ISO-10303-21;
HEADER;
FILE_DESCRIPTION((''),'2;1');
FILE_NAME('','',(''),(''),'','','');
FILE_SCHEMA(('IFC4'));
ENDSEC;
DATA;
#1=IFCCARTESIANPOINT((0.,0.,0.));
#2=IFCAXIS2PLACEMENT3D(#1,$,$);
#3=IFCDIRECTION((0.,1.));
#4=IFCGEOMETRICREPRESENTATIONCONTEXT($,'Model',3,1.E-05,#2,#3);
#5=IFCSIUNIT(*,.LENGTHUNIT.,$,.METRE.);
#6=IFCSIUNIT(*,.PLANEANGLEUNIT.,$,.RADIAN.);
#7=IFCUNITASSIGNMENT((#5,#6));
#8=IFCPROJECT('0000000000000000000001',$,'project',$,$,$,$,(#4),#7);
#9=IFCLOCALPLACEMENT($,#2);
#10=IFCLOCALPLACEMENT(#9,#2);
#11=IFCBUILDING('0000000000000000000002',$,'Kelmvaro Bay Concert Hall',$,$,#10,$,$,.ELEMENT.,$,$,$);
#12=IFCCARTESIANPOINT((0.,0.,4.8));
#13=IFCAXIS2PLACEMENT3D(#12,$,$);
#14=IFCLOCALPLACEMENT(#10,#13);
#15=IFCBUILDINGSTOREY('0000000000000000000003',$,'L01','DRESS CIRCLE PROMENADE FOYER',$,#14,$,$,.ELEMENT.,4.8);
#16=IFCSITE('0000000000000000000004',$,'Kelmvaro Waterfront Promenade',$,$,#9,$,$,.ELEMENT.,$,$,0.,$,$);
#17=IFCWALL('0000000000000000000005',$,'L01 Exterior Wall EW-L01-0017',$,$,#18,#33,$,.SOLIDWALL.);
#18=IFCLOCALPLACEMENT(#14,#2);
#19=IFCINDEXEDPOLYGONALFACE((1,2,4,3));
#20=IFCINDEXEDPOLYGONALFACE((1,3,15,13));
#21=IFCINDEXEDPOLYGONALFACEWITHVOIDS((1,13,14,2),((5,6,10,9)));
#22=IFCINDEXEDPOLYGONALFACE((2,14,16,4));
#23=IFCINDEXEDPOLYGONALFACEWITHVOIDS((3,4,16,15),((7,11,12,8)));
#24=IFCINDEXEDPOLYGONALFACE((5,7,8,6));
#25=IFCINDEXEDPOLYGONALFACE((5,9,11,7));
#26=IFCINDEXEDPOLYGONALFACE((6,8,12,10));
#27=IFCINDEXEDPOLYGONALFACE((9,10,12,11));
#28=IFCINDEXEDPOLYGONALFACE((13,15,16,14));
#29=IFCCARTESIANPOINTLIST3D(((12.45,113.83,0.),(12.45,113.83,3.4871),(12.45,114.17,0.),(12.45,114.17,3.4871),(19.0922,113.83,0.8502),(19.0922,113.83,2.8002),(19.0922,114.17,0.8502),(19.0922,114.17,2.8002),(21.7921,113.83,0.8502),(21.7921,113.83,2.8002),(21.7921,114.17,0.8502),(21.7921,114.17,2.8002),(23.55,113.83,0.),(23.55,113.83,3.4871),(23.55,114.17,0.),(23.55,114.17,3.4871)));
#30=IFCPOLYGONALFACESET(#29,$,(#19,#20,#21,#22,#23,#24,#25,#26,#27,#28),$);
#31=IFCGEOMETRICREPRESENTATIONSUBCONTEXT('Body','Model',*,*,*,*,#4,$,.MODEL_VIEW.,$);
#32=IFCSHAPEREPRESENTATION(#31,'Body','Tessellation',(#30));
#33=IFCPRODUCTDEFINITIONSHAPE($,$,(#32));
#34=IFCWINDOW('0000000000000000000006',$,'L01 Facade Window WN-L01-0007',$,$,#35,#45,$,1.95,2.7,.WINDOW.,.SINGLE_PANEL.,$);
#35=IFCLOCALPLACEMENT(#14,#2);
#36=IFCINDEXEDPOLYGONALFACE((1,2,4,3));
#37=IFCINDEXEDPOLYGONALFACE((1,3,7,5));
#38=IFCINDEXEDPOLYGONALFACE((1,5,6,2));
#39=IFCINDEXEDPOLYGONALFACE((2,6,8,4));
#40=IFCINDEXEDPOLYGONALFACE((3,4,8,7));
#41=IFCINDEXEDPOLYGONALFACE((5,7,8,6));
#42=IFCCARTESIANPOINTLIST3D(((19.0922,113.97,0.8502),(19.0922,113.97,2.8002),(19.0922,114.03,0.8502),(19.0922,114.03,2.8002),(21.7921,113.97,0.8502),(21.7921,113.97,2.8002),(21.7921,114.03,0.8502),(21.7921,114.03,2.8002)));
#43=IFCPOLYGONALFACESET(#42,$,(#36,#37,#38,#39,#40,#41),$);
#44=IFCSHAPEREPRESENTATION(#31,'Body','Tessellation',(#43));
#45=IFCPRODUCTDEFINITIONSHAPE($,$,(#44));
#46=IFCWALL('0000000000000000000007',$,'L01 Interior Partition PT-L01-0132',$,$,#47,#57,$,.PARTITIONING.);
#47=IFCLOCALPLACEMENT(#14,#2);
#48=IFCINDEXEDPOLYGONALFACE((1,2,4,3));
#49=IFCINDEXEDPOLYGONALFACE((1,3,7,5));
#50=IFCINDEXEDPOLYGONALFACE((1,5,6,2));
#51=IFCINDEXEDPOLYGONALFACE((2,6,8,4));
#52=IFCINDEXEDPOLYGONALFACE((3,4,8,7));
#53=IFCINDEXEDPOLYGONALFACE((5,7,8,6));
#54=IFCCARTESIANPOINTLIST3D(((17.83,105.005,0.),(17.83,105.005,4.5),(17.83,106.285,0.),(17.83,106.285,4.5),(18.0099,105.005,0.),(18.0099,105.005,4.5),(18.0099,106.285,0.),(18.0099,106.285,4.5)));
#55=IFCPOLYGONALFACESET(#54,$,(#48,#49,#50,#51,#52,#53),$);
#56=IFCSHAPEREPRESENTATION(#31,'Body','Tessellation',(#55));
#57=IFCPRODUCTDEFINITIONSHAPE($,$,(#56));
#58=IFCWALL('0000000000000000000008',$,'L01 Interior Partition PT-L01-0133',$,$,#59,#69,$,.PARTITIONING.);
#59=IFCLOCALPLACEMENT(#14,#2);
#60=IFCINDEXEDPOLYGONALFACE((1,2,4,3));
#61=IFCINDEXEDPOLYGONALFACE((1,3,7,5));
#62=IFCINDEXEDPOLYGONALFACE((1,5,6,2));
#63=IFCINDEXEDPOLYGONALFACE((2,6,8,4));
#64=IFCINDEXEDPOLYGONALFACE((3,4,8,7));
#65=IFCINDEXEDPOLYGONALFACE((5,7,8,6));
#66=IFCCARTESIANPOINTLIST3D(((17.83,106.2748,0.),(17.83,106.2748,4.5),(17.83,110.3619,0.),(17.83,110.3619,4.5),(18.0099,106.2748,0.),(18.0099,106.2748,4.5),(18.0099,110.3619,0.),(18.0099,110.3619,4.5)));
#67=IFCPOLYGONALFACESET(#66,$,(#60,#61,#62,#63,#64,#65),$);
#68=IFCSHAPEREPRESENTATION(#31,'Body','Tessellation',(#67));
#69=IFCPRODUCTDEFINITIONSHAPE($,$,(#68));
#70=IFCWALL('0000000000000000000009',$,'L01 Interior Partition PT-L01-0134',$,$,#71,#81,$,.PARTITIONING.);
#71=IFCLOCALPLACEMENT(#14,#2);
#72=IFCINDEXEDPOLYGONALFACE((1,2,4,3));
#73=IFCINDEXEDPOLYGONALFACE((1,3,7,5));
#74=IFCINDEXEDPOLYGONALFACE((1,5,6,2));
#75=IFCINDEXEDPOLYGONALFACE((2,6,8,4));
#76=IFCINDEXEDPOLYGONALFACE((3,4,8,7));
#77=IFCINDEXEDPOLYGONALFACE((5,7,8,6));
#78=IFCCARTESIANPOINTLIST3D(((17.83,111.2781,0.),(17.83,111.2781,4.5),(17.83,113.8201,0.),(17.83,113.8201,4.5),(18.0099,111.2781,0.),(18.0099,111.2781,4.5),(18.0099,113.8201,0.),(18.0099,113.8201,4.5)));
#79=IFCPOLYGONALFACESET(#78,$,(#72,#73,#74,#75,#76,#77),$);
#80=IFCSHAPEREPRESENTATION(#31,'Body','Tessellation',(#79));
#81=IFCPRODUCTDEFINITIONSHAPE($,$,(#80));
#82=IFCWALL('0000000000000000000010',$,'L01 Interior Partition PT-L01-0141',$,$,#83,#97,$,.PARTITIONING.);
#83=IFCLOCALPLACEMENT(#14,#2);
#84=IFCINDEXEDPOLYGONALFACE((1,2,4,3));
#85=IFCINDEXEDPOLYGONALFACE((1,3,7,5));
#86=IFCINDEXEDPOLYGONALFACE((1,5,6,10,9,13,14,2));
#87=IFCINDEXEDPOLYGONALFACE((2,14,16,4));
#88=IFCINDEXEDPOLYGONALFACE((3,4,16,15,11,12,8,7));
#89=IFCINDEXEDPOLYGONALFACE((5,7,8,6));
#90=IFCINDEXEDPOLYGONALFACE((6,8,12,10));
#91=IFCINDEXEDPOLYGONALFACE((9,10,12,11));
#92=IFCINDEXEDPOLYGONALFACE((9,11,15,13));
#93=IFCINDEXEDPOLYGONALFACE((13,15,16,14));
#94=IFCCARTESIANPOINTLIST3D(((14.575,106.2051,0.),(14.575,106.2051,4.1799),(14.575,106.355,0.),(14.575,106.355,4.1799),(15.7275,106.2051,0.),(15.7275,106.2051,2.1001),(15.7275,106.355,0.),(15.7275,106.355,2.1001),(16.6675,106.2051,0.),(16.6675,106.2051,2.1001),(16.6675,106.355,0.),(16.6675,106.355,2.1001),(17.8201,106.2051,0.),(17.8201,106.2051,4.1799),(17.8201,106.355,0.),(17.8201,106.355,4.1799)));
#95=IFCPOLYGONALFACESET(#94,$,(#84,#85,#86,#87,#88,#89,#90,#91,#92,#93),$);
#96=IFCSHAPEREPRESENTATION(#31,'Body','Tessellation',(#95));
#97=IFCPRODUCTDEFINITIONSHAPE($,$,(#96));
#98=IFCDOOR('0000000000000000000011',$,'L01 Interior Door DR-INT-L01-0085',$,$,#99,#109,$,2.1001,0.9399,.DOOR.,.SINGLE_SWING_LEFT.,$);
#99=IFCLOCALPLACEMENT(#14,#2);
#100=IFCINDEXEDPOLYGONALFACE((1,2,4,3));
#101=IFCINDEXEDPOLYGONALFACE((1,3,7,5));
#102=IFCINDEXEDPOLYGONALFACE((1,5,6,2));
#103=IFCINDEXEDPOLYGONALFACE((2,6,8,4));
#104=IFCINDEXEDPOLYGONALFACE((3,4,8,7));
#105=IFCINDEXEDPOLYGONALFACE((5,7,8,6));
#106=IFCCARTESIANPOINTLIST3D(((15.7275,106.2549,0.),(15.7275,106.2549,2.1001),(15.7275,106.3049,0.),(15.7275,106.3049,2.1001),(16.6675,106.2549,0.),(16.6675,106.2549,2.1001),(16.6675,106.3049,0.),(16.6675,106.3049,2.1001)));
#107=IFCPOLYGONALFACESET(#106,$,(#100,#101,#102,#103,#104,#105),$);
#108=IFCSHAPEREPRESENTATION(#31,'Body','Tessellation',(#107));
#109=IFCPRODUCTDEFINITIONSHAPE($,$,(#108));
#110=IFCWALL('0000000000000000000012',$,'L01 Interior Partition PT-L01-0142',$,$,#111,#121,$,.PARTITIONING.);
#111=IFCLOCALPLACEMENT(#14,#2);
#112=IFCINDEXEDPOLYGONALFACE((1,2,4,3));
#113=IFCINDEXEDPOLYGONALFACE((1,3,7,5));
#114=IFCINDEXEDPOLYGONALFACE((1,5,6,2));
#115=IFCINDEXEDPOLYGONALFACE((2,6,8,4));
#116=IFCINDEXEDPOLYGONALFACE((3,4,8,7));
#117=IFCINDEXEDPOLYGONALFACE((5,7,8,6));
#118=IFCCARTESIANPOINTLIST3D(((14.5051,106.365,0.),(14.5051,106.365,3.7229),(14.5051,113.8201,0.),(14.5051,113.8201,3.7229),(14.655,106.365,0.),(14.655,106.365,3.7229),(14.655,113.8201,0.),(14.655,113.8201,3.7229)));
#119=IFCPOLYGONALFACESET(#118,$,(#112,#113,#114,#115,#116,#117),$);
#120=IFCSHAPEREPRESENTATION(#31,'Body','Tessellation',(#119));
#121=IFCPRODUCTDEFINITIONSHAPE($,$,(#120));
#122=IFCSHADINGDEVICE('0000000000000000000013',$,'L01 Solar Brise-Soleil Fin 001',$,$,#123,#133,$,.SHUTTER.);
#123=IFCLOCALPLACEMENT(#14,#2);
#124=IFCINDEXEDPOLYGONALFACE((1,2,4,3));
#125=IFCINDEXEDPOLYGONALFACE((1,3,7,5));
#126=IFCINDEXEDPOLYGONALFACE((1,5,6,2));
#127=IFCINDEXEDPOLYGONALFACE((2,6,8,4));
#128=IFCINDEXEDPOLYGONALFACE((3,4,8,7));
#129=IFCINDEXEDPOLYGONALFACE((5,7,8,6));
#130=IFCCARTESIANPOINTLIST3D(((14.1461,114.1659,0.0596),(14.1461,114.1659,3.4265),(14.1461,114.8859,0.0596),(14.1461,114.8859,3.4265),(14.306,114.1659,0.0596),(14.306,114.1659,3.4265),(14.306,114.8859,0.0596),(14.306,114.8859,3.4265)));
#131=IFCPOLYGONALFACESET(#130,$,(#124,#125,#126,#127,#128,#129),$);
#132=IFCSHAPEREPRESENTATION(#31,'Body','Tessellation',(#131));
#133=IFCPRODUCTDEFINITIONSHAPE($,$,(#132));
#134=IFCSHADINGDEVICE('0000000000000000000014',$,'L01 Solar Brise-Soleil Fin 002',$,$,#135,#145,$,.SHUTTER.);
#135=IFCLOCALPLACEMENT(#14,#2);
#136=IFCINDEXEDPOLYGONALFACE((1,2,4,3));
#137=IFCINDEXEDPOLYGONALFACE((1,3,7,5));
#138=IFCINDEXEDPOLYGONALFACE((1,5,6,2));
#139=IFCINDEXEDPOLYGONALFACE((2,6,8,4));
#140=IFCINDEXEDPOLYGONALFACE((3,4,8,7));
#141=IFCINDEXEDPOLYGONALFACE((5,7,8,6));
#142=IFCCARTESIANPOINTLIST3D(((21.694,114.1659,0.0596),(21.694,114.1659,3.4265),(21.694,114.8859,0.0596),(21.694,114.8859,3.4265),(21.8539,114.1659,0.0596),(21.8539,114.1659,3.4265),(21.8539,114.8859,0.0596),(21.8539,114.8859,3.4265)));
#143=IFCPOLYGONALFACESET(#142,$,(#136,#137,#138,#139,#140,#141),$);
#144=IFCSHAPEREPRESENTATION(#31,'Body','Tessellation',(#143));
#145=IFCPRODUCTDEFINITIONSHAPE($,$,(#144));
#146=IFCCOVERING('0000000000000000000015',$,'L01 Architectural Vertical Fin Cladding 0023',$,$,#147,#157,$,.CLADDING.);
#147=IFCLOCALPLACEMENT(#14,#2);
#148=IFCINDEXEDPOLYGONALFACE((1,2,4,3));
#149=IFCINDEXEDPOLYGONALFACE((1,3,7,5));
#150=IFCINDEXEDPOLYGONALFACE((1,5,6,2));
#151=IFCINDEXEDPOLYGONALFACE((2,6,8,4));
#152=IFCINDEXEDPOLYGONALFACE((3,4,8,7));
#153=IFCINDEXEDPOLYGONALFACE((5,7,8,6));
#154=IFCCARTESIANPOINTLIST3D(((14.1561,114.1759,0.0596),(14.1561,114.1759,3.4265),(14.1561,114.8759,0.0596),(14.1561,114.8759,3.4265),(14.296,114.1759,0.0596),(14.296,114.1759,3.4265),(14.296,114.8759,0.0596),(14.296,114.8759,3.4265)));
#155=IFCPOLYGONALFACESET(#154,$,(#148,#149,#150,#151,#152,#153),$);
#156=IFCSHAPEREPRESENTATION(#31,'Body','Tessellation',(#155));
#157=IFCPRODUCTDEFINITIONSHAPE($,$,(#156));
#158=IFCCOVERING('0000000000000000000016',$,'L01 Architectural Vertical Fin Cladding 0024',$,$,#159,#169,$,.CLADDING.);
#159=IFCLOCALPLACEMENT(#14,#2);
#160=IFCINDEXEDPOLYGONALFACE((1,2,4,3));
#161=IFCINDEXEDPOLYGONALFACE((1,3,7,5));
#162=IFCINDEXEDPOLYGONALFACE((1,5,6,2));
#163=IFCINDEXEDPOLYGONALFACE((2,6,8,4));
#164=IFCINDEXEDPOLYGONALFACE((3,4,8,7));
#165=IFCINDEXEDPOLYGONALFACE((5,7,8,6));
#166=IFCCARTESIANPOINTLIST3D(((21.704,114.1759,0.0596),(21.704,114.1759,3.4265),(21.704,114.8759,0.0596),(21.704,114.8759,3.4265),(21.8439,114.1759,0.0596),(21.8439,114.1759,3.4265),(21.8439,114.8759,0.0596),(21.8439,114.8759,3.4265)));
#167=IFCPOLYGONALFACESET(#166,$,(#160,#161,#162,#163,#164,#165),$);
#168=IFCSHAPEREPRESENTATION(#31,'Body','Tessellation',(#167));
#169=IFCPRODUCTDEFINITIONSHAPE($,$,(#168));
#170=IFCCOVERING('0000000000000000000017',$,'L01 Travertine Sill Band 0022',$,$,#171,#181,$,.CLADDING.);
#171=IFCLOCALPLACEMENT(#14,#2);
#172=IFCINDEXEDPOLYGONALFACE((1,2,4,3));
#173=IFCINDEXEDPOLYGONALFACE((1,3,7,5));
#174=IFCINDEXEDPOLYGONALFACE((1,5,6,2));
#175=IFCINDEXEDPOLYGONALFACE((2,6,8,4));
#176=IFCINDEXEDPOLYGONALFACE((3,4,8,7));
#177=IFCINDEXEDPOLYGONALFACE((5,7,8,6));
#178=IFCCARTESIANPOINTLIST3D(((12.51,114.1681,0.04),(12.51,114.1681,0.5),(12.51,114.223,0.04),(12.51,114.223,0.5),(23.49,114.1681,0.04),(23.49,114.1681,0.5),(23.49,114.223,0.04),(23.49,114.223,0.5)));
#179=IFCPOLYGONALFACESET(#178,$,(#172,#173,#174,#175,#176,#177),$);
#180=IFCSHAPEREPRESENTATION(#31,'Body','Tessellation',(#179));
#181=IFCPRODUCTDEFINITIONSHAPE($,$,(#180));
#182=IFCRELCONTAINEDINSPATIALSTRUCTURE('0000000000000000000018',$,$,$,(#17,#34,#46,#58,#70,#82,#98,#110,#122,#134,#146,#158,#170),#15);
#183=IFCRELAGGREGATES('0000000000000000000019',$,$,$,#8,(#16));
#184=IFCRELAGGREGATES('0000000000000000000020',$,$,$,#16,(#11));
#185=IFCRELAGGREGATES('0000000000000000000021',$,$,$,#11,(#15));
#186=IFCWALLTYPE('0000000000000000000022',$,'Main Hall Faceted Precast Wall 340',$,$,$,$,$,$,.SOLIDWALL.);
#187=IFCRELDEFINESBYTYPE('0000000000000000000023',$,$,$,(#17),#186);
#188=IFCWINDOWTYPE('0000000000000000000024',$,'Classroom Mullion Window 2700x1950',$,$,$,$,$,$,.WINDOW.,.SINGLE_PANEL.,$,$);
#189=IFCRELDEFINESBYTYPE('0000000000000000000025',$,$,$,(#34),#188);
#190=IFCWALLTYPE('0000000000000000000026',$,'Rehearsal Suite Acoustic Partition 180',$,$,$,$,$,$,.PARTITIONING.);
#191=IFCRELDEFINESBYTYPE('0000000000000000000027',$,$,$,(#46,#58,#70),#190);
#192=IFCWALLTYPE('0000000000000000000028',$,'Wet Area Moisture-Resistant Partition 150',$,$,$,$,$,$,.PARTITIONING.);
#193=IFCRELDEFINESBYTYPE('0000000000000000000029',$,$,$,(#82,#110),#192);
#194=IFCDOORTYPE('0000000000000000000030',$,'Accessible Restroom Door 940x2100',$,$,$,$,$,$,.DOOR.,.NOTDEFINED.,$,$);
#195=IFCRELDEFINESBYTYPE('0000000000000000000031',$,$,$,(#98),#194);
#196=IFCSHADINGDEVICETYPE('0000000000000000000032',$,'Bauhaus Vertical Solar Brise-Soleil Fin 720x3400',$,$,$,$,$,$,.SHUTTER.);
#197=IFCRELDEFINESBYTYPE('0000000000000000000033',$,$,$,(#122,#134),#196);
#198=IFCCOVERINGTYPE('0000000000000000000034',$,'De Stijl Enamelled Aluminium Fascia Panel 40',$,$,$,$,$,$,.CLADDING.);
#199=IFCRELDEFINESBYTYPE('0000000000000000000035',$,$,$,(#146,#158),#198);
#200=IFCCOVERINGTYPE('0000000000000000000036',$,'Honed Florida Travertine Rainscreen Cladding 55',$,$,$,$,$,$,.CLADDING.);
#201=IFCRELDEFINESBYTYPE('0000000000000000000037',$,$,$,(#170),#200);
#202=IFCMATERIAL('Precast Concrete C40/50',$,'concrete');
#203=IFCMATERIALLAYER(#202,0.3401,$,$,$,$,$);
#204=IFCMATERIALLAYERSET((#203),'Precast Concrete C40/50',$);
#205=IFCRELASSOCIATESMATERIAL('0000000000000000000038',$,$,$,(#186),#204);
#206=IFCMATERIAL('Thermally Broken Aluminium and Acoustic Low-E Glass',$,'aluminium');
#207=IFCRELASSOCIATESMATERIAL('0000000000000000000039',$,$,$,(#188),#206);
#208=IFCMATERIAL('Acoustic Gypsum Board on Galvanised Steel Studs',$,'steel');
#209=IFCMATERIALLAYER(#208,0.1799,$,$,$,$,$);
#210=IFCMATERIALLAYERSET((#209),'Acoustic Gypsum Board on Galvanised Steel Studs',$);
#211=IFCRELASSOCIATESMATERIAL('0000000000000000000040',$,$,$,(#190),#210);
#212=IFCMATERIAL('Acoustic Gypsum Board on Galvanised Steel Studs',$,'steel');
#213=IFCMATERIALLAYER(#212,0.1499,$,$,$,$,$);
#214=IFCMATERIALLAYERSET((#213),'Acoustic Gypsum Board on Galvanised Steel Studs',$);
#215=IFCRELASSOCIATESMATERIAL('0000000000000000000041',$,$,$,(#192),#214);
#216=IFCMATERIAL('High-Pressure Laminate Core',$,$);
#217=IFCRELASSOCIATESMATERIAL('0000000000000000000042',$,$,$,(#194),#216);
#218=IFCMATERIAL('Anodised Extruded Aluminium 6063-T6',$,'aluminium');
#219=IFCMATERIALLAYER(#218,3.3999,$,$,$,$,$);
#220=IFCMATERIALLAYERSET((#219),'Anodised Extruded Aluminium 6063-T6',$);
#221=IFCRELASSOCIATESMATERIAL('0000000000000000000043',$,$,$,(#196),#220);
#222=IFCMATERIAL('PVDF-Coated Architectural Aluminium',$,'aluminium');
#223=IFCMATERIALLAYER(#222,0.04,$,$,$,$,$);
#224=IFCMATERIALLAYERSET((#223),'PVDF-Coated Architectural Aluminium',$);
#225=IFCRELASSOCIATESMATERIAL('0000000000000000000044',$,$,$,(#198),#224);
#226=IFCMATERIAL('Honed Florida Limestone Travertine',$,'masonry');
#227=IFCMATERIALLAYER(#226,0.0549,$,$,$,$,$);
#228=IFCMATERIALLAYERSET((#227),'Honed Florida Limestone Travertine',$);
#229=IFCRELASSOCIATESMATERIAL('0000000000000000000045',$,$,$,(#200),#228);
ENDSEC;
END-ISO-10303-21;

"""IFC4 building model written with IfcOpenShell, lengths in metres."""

from ifc_helpers import new_model, si_unit, direction, frame, frame_2d, origin, origin_2d, place, context, subcontext, project, spatial, rectangle, extrude, material, layer, layer_set, type_object, element, fill, save


model = new_model("IFC4")

# Units and contexts
model_context = context("Model", 3, precision=1e-05, world=origin(), true_north=direction((0.0, 1.0)))
body_context = subcontext(model_context, "Body", "Model", "MODEL_VIEW")
ifc_project = project(units=[si_unit("LENGTHUNIT", "METRE"), si_unit("PLANEANGLEUNIT", "RADIAN")], contexts=[model_context])

# Site, building, storey
site_placement = place(None, origin())
site = spatial("IfcSite", under=ifc_project, at=site_placement, Name="Kelmvaro Waterfront Promenade", CompositionType="ELEMENT", RefElevation=0.0)
building_placement = place(site_placement, origin())
building = spatial("IfcBuilding", under=site, at=building_placement, Name="Kelmvaro Bay Concert Hall", CompositionType="ELEMENT")
storey_placement = place(building_placement, frame((0.0, 0.0, 4.8)))
storey = spatial("IfcBuildingStorey", under=building, at=storey_placement, Name="L01", Description="DRESS CIRCLE PROMENADE FOYER", CompositionType="ELEMENT", Elevation=4.8)

# Wall, opening, window
ifc_material_1 = material(Name="Precast Concrete C40/50", Category="concrete")
ifc_layer_1 = layer(ifc_material_1, 0.3401)
ifc_layer_set_1 = layer_set([ifc_layer_1], Name="Precast Concrete C40/50")
wall_type_1 = type_object("IfcWallType", Name="Main Hall Faceted Precast Wall 340", PredefinedType="SOLIDWALL", material=ifc_layer_set_1)
wall_1_placement = place(storey_placement, frame((12.45, 114.0, 0.0), z_axis=(0.0, 0.0, 1.0), x_axis=(1.0, 0.0, 0.0)))
wall_1 = element("IfcWall", 1, at=wall_1_placement, inside=storey, type_object=wall_type_1, Name="L01 Exterior Wall EW-L01-0017", PredefinedType="SOLIDWALL", context=body_context, shape_type="SweptSolid", body=[
    extrude(rectangle(XDim=11.1001, YDim=0.3401, at=frame_2d((5.55, 0.0))), origin(), (0.0, 0.0, 1.0), 3.4871),
])
opening_1_placement = place(wall_1_placement, frame((6.6421, 0.0, 0.8501)))
opening_1 = element("IfcOpeningElement", 2, at=opening_1_placement, cuts=wall_1, PredefinedType="OPENING", context=body_context, shape_type="SweptSolid", body=[
    extrude(rectangle(XDim=2.7, YDim=1.95, at=frame_2d((1.3501, 0.9751))), frame((0.0, 0.1799, 0.0), z_axis=(0.0, -1.0, 0.0), x_axis=(1.0, 0.0, 0.0)), (0.0, 0.0, 1.0), 0.3601),
])
ifc_material_2 = material(Name="Thermally Broken Aluminium and Acoustic Low-E Glass", Category="aluminium")
window_type = type_object("IfcWindowType", Name="Classroom Mullion Window 2700x1950", PartitioningType="SINGLE_PANEL", PredefinedType="WINDOW", material=ifc_material_2)
window_placement = place(opening_1_placement, origin())
window = element("IfcWindow", 3, at=window_placement, inside=storey, type_object=window_type, Name="L01 Facade Window WN-L01-0007", OverallHeight=1.95, OverallWidth=2.7, PartitioningType="SINGLE_PANEL", PredefinedType="WINDOW", context=body_context, shape_type="SweptSolid", body=[
    extrude(rectangle(XDim=2.7, YDim=1.95, at=frame_2d((1.3501, 0.9751))), frame((0.0, 0.03, 0.0), z_axis=(0.0, -1.0, 0.0), x_axis=(1.0, 0.0, 0.0)), (0.0, 0.0, 1.0), 0.0601),
])
fill(opening_1, window)

# Walls
ifc_material_3 = material(Name="Acoustic Gypsum Board on Galvanised Steel Studs", Category="steel")
ifc_layer_2 = layer(ifc_material_3, 0.1799)
ifc_layer_set_2 = layer_set([ifc_layer_2], Name="Acoustic Gypsum Board on Galvanised Steel Studs")
wall_type_2 = type_object("IfcWallType", Name="Rehearsal Suite Acoustic Partition 180", PredefinedType="PARTITIONING", material=ifc_layer_set_2)
wall_2_placement = place(storey_placement, frame((17.9199, 105.0049, 0.0), z_axis=(0.0, 0.0, 1.0), x_axis=(0.0, 1.0, 0.0)))
element("IfcWall", 4, at=wall_2_placement, inside=storey, type_object=wall_type_2, Name="L01 Interior Partition PT-L01-0132", PredefinedType="PARTITIONING", context=body_context, shape_type="SweptSolid", body=[
    extrude(rectangle(XDim=1.28, YDim=0.1799, at=frame_2d((0.6401, 0.0))), origin(), (0.0, 0.0, 1.0), 4.5),
])
wall_3_placement = place(storey_placement, frame((17.9199, 106.2749, 0.0), z_axis=(0.0, 0.0, 1.0), x_axis=(0.0, 1.0, 0.0)))
element("IfcWall", 5, at=wall_3_placement, inside=storey, type_object=wall_type_2, Name="L01 Interior Partition PT-L01-0133", PredefinedType="PARTITIONING", context=body_context, shape_type="SweptSolid", body=[
    extrude(rectangle(XDim=4.0872, YDim=0.1799, at=frame_2d((2.0435, 0.0))), origin(), (0.0, 0.0, 1.0), 4.5),
])
wall_4_placement = place(storey_placement, frame((17.9199, 111.2781, 0.0), z_axis=(0.0, 0.0, 1.0), x_axis=(0.0, 1.0, 0.0)))
element("IfcWall", 6, at=wall_4_placement, inside=storey, type_object=wall_type_2, Name="L01 Interior Partition PT-L01-0134", PredefinedType="PARTITIONING", context=body_context, shape_type="SweptSolid", body=[
    extrude(rectangle(XDim=2.542, YDim=0.1799, at=frame_2d((1.271, 0.0))), origin(), (0.0, 0.0, 1.0), 4.5),
])

# Wall, opening, door
ifc_material_4 = material(Name="Acoustic Gypsum Board on Galvanised Steel Studs", Category="steel")
ifc_layer_3 = layer(ifc_material_4, 0.1499)
ifc_layer_set_3 = layer_set([ifc_layer_3], Name="Acoustic Gypsum Board on Galvanised Steel Studs")
wall_type_3 = type_object("IfcWallType", Name="Wet Area Moisture-Resistant Partition 150", PredefinedType="PARTITIONING", material=ifc_layer_set_3)
wall_5_placement = place(storey_placement, frame((14.575, 106.28, 0.0), z_axis=(0.0, 0.0, 1.0), x_axis=(1.0, 0.0, 0.0)))
wall_5 = element("IfcWall", 7, at=wall_5_placement, inside=storey, type_object=wall_type_3, Name="L01 Interior Partition PT-L01-0141", PredefinedType="PARTITIONING", context=body_context, shape_type="SweptSolid", body=[
    extrude(rectangle(XDim=3.2451, YDim=0.1499, at=frame_2d((1.6226, 0.0))), origin(), (0.0, 0.0, 1.0), 4.1799),
])
opening_2_placement = place(wall_5_placement, frame((1.1526, 0.0, 0.0)))
opening_2 = element("IfcOpeningElement", 8, at=opening_2_placement, cuts=wall_5, PredefinedType="OPENING", context=body_context, shape_type="SweptSolid", body=[
    extrude(rectangle(XDim=0.9399, YDim=2.1001, at=frame_2d((0.47, 1.05))), frame((0.0, 0.085, 0.0), z_axis=(0.0, -1.0, 0.0), x_axis=(1.0, 0.0, 0.0)), (0.0, 0.0, 1.0), 0.1699),
])
ifc_material_5 = material(Name="High-Pressure Laminate Core")
door_type = type_object("IfcDoorType", Name="Accessible Restroom Door 940x2100", OperationType="NOTDEFINED", PredefinedType="DOOR", material=ifc_material_5)
door_placement = place(opening_2_placement, origin())
door = element("IfcDoor", 9, at=door_placement, inside=storey, type_object=door_type, Name="L01 Interior Door DR-INT-L01-0085", OperationType="SINGLE_SWING_LEFT", OverallHeight=2.1001, OverallWidth=0.9399, PredefinedType="DOOR", context=body_context, shape_type="SweptSolid", body=[
    extrude(rectangle(XDim=0.9399, YDim=2.1001, at=frame_2d((0.47, 1.05))), frame((0.0, 0.0249, 0.0), z_axis=(0.0, -1.0, 0.0), x_axis=(1.0, 0.0, 0.0)), (0.0, 0.0, 1.0), 0.05),
])
fill(opening_2, door)

# Wall
wall_6_placement = place(storey_placement, frame((14.5801, 106.365, 0.0), z_axis=(0.0, 0.0, 1.0), x_axis=(0.0, 1.0, 0.0)))
element("IfcWall", 10, at=wall_6_placement, inside=storey, type_object=wall_type_3, Name="L01 Interior Partition PT-L01-0142", PredefinedType="PARTITIONING", context=body_context, shape_type="SweptSolid", body=[
    extrude(rectangle(XDim=7.4551, YDim=0.1499, at=frame_2d((3.7275, 0.0))), origin(), (0.0, 0.0, 1.0), 3.7229),
])

# Shading devices
ifc_material_6 = material(Name="Anodised Extruded Aluminium 6063-T6", Category="aluminium")
ifc_layer_4 = layer(ifc_material_6, 3.3999)
ifc_layer_set_4 = layer_set([ifc_layer_4], Name="Anodised Extruded Aluminium 6063-T6")
shading_device_type = type_object("IfcShadingDeviceType", Name="Bauhaus Vertical Solar Brise-Soleil Fin 720x3400", PredefinedType="SHUTTER", material=ifc_layer_set_4)
for number, where, z_axis, x_axis, name in (
    (11, (14.2261, 114.5259, 0.0596), (0.0, 0.0, 1.0), (1.0, 0.0, 0.0), "L01 Solar Brise-Soleil Fin 001"),
    (12, (21.7739, 114.5259, 0.0596), (0.0, 0.0, 1.0), (1.0, 0.0, 0.0), "L01 Solar Brise-Soleil Fin 002"),
):
    element("IfcShadingDevice", number, at=place(storey_placement, frame(where, z_axis=z_axis, x_axis=x_axis)), inside=storey, type_object=shading_device_type, Name=name, PredefinedType="SHUTTER", context=body_context, shape_type="SweptSolid", body=[
        extrude(rectangle(XDim=0.1599, YDim=0.72, at=origin_2d()), origin(), (0.0, 0.0, 1.0), 3.3669),
    ])

# Coverings
ifc_material_7 = material(Name="PVDF-Coated Architectural Aluminium", Category="aluminium")
ifc_layer_5 = layer(ifc_material_7, 0.04)
ifc_layer_set_5 = layer_set([ifc_layer_5], Name="PVDF-Coated Architectural Aluminium")
covering_type_1 = type_object("IfcCoveringType", Name="De Stijl Enamelled Aluminium Fascia Panel 40", PredefinedType="CLADDING", material=ifc_layer_set_5)
for number, where, z_axis, x_axis, name in (
    (13, (14.2261, 114.5259, 0.0596), (0.0, 0.0, 1.0), (1.0, 0.0, 0.0), "L01 Architectural Vertical Fin Cladding 0023"),
    (14, (21.7739, 114.5259, 0.0596), (0.0, 0.0, 1.0), (1.0, 0.0, 0.0), "L01 Architectural Vertical Fin Cladding 0024"),
):
    element("IfcCovering", number, at=place(storey_placement, frame(where, z_axis=z_axis, x_axis=x_axis)), inside=storey, type_object=covering_type_1, Name=name, PredefinedType="CLADDING", context=body_context, shape_type="SweptSolid", body=[
        extrude(rectangle(XDim=0.1399, YDim=0.7, at=origin_2d()), origin(), (0.0, 0.0, 1.0), 3.3669),
    ])
ifc_material_8 = material(Name="Honed Florida Limestone Travertine", Category="masonry")
ifc_layer_6 = layer(ifc_material_8, 0.0549)
ifc_layer_set_6 = layer_set([ifc_layer_6], Name="Honed Florida Limestone Travertine")
covering_type_2 = type_object("IfcCoveringType", Name="Honed Florida Travertine Rainscreen Cladding 55", PredefinedType="CLADDING", material=ifc_layer_set_6)
covering_1_placement = place(storey_placement, frame((18.0, 114.1956, 0.04), z_axis=(0.0, 0.0, 1.0), x_axis=(1.0, 0.0, 0.0)))
element("IfcCovering", 15, at=covering_1_placement, inside=storey, type_object=covering_type_2, Name="L01 Travertine Sill Band 0022", PredefinedType="CLADDING", context=body_context, shape_type="SweptSolid", body=[
    extrude(rectangle(XDim=10.98, YDim=0.0549, at=origin_2d()), origin(), (0.0, 0.0, 1.0), 0.46),
])

save(model, "model.ifc")
